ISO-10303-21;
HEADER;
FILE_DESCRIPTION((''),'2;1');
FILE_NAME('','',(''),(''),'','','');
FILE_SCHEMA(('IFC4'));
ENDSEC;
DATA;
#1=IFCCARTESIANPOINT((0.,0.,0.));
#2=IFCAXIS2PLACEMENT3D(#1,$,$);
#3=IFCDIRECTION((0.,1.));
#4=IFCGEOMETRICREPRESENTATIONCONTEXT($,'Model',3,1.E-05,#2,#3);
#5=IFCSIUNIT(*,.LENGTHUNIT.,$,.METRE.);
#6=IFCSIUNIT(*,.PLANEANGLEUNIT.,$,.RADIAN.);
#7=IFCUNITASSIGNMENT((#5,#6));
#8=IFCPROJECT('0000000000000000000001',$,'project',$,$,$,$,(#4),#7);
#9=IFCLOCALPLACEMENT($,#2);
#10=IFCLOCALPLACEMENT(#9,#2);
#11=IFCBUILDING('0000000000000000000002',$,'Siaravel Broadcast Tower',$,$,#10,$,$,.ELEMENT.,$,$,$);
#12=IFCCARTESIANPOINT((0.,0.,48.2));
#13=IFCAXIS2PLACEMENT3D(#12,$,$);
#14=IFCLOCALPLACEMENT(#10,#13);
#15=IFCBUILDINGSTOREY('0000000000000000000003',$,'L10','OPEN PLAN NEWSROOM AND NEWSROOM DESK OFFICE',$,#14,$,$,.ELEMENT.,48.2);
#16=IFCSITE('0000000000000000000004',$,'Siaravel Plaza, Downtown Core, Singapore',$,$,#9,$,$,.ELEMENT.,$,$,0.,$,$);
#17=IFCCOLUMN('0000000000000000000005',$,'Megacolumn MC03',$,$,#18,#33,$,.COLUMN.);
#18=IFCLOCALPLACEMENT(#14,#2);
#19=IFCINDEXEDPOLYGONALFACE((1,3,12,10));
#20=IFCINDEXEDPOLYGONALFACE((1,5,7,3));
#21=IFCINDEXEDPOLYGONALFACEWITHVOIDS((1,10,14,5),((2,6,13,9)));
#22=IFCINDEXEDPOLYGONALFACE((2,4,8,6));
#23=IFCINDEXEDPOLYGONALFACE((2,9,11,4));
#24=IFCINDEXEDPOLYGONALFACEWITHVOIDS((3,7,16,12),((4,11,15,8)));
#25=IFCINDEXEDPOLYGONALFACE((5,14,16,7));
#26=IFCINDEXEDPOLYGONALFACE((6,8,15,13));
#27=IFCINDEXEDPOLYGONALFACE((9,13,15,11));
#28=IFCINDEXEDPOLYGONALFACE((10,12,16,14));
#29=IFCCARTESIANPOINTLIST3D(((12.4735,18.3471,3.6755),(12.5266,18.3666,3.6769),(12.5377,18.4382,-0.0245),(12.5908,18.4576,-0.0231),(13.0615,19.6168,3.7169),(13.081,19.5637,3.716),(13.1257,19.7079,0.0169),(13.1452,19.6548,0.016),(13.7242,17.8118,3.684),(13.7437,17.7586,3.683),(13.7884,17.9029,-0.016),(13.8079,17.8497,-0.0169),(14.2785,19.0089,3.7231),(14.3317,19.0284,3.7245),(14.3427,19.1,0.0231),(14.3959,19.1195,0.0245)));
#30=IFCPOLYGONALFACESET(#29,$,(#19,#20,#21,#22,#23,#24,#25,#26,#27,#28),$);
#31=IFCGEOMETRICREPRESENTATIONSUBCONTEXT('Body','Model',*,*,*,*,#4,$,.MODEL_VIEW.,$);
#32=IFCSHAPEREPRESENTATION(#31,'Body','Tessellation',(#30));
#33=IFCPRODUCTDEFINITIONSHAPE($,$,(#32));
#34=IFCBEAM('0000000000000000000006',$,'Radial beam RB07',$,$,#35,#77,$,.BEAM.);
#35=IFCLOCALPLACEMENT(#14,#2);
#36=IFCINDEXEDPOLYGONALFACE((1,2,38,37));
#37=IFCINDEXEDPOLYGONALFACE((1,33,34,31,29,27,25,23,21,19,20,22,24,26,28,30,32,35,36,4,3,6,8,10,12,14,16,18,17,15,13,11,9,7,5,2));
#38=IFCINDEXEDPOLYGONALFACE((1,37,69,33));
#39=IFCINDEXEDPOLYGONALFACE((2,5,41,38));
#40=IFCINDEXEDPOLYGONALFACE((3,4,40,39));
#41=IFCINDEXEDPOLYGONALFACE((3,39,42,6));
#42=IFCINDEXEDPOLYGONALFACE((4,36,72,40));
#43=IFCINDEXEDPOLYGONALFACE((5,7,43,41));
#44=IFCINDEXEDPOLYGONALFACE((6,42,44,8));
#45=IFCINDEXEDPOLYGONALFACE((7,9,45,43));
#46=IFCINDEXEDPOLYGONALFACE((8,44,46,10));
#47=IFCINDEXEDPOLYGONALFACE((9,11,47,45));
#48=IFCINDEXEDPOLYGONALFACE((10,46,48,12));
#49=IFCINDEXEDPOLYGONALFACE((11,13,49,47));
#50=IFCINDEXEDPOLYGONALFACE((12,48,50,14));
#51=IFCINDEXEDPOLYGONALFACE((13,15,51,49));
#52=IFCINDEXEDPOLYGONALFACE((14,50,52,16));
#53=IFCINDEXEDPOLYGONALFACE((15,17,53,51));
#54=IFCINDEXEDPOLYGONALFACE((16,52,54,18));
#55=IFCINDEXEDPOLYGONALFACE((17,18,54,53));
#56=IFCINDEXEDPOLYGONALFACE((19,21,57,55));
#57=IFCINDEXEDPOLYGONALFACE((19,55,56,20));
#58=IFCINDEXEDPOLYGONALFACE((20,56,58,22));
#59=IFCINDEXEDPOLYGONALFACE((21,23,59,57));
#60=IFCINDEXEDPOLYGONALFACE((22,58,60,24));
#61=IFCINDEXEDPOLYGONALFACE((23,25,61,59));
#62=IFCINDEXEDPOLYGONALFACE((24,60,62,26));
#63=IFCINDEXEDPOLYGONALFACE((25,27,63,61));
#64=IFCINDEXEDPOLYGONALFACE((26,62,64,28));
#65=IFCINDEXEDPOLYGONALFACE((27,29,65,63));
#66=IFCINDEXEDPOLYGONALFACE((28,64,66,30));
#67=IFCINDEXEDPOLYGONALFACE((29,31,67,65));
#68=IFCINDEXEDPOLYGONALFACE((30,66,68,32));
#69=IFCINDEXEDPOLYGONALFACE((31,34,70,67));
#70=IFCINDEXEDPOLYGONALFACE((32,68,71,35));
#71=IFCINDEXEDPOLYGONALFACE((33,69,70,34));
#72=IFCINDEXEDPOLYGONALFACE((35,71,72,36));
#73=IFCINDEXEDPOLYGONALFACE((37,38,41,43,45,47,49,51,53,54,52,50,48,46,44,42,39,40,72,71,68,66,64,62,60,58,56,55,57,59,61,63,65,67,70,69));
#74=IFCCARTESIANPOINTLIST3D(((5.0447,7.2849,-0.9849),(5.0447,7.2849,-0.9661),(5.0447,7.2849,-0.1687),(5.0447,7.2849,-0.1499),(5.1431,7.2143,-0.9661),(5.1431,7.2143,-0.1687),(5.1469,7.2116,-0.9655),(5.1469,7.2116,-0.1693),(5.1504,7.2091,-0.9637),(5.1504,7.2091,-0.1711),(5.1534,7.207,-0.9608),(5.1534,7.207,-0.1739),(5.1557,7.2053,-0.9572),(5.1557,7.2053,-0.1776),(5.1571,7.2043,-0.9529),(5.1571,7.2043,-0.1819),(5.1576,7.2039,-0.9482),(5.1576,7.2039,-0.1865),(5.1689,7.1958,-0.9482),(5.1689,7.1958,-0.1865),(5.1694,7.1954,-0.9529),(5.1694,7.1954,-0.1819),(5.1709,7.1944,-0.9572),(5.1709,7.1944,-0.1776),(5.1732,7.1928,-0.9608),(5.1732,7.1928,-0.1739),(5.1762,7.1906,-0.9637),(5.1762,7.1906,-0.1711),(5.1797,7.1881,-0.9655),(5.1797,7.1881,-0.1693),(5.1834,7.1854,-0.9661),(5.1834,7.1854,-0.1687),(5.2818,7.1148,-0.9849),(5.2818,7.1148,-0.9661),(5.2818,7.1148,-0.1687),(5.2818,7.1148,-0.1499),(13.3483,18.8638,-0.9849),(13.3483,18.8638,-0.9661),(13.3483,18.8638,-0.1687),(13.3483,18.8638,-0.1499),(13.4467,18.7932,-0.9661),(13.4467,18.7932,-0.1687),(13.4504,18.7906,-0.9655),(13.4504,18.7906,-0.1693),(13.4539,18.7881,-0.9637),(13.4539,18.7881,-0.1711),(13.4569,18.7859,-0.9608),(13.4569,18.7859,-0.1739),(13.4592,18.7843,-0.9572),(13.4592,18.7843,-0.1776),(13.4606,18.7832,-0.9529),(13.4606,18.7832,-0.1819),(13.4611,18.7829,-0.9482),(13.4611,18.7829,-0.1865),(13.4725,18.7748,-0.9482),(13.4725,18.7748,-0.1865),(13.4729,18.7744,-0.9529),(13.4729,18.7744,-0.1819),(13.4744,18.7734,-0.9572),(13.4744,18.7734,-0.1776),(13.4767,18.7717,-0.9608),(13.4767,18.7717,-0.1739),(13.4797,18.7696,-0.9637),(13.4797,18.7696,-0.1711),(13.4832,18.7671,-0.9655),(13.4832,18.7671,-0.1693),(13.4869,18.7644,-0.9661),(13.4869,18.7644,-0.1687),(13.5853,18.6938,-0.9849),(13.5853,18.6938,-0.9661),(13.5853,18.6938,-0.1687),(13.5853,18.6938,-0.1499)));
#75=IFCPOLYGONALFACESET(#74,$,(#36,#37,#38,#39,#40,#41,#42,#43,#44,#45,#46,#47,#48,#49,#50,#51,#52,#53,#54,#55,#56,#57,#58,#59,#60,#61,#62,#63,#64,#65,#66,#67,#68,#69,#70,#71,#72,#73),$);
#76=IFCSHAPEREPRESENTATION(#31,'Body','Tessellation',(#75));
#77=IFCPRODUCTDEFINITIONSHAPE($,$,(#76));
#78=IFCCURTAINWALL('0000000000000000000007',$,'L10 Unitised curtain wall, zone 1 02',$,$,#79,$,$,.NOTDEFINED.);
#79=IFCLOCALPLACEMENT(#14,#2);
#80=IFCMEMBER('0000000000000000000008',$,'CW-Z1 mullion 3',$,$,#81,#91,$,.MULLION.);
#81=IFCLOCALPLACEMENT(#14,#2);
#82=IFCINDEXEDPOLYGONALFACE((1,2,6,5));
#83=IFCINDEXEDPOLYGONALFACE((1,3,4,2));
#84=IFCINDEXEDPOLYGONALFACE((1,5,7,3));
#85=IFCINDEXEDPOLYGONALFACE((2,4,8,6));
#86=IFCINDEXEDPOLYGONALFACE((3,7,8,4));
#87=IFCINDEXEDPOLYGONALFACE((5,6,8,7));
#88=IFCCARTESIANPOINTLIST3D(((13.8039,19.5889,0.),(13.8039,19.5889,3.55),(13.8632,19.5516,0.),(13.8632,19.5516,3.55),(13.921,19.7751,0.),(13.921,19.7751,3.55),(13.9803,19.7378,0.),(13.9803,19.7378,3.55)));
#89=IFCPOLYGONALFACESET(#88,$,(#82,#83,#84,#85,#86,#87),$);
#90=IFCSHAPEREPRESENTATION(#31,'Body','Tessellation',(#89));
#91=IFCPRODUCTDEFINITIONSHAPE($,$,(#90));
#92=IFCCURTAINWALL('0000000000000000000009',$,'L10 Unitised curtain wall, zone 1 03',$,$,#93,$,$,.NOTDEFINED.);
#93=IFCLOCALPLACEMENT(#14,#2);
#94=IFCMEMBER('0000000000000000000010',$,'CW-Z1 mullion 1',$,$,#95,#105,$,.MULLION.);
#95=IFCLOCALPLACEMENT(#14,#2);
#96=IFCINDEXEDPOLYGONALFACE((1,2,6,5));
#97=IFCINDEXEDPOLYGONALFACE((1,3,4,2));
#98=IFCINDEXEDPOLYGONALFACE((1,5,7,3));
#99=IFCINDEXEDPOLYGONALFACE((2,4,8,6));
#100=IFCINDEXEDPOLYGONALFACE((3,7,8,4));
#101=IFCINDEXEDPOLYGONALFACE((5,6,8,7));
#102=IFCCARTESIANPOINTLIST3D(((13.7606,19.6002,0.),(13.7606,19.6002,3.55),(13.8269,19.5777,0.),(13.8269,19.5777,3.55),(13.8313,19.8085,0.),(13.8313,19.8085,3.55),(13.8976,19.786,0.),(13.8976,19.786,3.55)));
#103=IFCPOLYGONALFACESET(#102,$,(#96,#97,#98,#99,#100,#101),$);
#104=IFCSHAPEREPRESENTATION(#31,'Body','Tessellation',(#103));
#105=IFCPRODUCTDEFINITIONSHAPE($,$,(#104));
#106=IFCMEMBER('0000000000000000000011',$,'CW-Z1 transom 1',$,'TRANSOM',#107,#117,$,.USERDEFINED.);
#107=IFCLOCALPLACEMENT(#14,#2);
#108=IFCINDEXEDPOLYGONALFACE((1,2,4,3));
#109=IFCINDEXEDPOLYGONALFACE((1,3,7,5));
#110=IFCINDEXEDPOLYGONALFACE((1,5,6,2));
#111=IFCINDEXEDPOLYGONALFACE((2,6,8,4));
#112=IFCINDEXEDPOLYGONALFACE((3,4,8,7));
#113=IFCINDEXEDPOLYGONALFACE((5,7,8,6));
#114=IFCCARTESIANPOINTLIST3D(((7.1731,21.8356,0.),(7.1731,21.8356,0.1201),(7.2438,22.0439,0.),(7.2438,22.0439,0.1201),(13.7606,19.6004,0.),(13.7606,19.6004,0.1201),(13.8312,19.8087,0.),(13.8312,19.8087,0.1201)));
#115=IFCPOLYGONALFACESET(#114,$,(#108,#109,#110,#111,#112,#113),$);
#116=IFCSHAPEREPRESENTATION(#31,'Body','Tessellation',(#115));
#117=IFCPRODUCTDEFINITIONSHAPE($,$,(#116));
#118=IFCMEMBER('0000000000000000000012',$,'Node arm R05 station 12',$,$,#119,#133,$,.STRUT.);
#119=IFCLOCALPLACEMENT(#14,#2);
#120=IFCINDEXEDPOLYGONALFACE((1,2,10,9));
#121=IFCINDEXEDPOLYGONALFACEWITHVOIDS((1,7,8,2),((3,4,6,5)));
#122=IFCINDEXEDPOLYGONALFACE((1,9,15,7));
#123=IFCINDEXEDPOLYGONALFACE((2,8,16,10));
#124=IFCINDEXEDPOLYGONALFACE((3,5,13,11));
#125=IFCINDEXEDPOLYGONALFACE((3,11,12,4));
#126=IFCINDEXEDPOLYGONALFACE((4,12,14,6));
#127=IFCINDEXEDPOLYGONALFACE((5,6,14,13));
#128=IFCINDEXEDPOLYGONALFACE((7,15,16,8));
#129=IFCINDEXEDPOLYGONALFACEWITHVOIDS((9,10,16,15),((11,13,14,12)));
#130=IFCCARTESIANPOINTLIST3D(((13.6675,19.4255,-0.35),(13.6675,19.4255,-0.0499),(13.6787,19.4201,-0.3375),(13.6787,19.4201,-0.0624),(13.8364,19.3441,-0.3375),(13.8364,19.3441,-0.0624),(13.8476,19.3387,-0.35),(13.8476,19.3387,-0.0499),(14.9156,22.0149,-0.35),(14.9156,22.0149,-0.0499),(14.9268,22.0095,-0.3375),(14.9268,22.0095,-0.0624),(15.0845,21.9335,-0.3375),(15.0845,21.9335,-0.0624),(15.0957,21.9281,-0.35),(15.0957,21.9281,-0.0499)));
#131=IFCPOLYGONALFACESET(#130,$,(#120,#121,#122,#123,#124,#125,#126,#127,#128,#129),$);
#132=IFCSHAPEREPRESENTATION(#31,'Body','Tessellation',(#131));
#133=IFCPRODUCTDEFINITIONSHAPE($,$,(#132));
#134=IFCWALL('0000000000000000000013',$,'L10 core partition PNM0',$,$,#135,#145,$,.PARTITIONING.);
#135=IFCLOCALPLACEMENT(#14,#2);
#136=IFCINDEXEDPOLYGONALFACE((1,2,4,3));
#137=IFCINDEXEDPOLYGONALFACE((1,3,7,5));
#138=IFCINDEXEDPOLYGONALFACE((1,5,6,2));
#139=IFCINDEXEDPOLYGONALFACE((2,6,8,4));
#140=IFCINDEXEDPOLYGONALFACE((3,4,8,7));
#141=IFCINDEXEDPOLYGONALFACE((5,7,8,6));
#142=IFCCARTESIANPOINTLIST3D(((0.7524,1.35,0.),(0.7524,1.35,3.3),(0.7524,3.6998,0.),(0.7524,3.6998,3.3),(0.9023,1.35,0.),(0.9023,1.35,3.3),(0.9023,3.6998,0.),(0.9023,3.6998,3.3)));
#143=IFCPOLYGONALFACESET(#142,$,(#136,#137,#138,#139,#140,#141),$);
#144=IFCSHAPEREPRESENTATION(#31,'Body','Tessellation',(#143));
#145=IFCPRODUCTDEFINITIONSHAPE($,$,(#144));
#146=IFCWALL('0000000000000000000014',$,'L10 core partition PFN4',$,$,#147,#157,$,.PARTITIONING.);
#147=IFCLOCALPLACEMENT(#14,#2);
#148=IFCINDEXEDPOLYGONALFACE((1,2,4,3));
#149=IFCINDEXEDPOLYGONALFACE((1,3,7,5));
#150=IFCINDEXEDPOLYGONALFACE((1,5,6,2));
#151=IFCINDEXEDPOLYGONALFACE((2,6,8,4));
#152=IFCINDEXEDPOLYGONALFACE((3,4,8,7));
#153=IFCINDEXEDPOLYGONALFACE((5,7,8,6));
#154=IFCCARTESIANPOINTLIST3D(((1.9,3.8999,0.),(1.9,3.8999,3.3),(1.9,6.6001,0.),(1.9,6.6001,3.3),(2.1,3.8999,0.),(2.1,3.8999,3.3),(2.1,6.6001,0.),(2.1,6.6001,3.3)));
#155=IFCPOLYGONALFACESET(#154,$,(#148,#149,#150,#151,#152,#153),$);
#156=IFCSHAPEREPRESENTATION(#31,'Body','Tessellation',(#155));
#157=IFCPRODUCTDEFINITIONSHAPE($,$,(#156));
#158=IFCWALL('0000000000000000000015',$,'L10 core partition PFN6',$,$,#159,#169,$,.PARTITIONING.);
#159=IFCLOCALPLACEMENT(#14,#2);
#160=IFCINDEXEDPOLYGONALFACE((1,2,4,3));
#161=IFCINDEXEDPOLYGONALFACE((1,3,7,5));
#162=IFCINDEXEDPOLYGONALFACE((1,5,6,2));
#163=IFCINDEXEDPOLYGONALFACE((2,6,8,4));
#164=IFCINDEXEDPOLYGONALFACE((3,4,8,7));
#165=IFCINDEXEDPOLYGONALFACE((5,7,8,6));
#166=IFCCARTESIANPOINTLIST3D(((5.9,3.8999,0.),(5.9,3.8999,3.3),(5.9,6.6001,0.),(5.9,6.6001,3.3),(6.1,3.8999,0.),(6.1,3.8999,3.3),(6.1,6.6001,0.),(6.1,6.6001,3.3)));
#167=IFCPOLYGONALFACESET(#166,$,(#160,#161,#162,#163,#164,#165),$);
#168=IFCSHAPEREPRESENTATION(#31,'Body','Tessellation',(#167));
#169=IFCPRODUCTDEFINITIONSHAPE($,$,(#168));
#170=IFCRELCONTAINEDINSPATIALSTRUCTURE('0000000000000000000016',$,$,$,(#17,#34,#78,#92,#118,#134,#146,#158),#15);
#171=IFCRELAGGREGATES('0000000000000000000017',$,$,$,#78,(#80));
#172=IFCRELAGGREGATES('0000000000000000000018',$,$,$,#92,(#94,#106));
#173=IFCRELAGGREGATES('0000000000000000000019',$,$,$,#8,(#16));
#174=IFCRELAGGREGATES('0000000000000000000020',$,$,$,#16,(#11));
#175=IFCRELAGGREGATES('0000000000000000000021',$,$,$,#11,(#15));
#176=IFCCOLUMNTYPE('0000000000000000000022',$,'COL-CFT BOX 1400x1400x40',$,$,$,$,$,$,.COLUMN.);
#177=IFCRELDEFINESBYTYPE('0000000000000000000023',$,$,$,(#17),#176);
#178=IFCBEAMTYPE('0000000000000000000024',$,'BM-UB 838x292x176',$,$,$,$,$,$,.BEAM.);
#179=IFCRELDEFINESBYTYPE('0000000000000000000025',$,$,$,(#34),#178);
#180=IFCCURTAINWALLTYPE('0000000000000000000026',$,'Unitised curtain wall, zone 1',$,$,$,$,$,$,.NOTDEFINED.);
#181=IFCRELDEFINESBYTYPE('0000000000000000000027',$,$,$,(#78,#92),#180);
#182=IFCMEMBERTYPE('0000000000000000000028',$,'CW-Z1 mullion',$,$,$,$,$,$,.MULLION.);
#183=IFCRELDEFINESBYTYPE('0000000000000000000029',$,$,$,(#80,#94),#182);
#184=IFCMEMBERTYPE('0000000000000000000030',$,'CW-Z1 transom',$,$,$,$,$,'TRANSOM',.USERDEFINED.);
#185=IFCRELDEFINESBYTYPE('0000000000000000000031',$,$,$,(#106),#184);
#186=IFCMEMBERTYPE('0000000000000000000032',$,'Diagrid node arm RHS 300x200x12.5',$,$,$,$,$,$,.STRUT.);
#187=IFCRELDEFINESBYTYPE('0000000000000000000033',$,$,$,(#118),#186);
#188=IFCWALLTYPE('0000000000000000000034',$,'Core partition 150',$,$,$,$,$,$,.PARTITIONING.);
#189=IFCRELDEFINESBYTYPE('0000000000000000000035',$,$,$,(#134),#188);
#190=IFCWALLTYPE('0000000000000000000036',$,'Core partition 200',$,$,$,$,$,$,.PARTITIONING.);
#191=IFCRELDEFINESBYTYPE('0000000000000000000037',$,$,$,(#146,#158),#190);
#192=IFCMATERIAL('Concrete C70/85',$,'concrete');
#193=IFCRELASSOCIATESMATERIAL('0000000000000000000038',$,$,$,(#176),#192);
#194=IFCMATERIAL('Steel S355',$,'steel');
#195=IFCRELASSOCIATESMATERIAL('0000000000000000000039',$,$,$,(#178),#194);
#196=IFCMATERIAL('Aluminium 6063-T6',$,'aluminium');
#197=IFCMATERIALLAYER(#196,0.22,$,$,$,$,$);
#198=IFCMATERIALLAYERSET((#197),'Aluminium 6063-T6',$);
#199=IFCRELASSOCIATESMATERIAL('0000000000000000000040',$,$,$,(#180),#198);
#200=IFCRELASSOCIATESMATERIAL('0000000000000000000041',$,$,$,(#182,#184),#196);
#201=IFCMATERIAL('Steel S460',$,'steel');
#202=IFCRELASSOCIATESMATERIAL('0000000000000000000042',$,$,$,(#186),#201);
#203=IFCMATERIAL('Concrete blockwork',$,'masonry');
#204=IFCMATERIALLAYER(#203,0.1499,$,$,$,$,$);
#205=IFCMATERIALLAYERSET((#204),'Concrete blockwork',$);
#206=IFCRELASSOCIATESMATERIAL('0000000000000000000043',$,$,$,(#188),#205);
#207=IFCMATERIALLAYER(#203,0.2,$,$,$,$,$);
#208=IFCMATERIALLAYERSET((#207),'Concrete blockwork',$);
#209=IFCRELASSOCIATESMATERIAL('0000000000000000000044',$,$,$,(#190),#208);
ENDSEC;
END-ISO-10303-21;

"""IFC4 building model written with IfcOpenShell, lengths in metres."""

from ifc_helpers import new_model, si_unit, direction, frame, frame_2d, origin, origin_2d, place, context, subcontext, project, spatial, rectangle, hollow_rectangle, i_section, extrude, material, layer, layer_set, material_profile, profile_set, type_object, element, aggregate, save


model = new_model("IFC4")

# Units and contexts
model_context = context("Model", 3, precision=1e-05, world=origin(), true_north=direction((0.0, 1.0)))
body_context = subcontext(model_context, "Body", "Model", "MODEL_VIEW")
ifc_project = project(units=[si_unit("LENGTHUNIT", "METRE"), si_unit("PLANEANGLEUNIT", "RADIAN")], contexts=[model_context])

# Site, building, storey
site_placement = place(None, origin())
site = spatial("IfcSite", under=ifc_project, at=site_placement, Name="Siaravel Plaza, Downtown Core, Singapore", CompositionType="ELEMENT", RefElevation=0.0)
building_placement = place(site_placement, origin())
building = spatial("IfcBuilding", under=site, at=building_placement, Name="Siaravel Broadcast Tower", CompositionType="ELEMENT")
storey_placement = place(building_placement, frame((0.0, 0.0, 48.2)))
storey = spatial("IfcBuildingStorey", under=building, at=storey_placement, Name="L10", Description="OPEN PLAN NEWSROOM AND NEWSROOM DESK OFFICE", CompositionType="ELEMENT", Elevation=48.2)

# Column
ifc_material_1 = material(Name="Concrete C70/85", Category="concrete")
ifc_material_profile_1 = material_profile(ifc_material_1, hollow_rectangle(XDim=1.3999, YDim=1.3999, WallThickness=0.04, at=origin_2d()))
ifc_profile_set_1 = profile_set([ifc_material_profile_1], Name="Concrete C70/85")
column_type = type_object("IfcColumnType", Name="COL-CFT BOX 1400x1400x40", PredefinedType="COLUMN", material=ifc_profile_set_1)
column_placement = place(storey_placement, frame((13.4668, 18.7788, 0.0), z_axis=(-0.017346, -0.024601, 0.999547), x_axis=(0.907346, -0.420349, 0.0054)))
element("IfcColumn", 1, at=column_placement, inside=storey, type_object=column_type, Name="Megacolumn MC03", PredefinedType="COLUMN", context=body_context, shape_type="SweptSolid", body=[
    extrude(hollow_rectangle(XDim=1.3999, YDim=1.3999, WallThickness=0.04, at=origin_2d()), origin(), (0.0, 0.0, 1.0), 3.7017),
])

# Beam
ifc_material_2 = material(Name="Steel S355", Category="steel")
ifc_material_profile_2 = material_profile(ifc_material_2, i_section(OverallWidth=0.2917, OverallDepth=0.835, WebThickness=0.0139, FlangeThickness=0.0188, FilletRadius=0.0178, at=origin_2d()))
ifc_profile_set_2 = profile_set([ifc_material_profile_2], Name="Steel S355")
beam_type = type_object("IfcBeamType", Name="BM-UB 838x292x176", PredefinedType="BEAM", material=ifc_profile_set_2)
beam_placement = place(storey_placement, frame((13.4668, 18.7788, -0.5674), z_axis=(-0.582764, -0.812641, 0.0), x_axis=(0.812641, -0.582764, 0.0)))
element("IfcBeam", 2, at=beam_placement, inside=storey, type_object=beam_type, Name="Radial beam RB07", PredefinedType="BEAM", context=body_context, shape_type="SweptSolid", body=[
    extrude(i_section(OverallWidth=0.2917, OverallDepth=0.835, WebThickness=0.0139, FlangeThickness=0.0188, FilletRadius=0.0178, at=origin_2d()), origin(), (0.0, 0.0, 1.0), 14.2485),
])

# Curtain wall, member
ifc_material_3 = material(Name="Aluminium 6063-T6", Category="aluminium")
ifc_layer_1 = layer(ifc_material_3, 0.22)
ifc_layer_set_1 = layer_set([ifc_layer_1], Name="Aluminium 6063-T6")
curtain_wall_type = type_object("IfcCurtainWallType", Name="Unitised curtain wall, zone 1", PredefinedType="NOTDEFINED", material=ifc_layer_set_1)
curtain_wall_1_placement = place(storey_placement, origin())
curtain_wall_1 = element("IfcCurtainWall", 3, at=curtain_wall_1_placement, inside=storey, type_object=curtain_wall_type, Name="L10 Unitised curtain wall, zone 1 02", PredefinedType="NOTDEFINED")
ifc_material_profile_3 = material_profile(ifc_material_3, rectangle(XDim=0.22, YDim=0.0701, at=origin_2d()))
ifc_profile_set_3 = profile_set([ifc_material_profile_3], Name="Aluminium 6063-T6")
member_type_1 = type_object("IfcMemberType", Name="CW-Z1 mullion", PredefinedType="MULLION", material=ifc_profile_set_3)
member_1_placement = place(storey_placement, frame((13.8921, 19.6633, 0.0), z_axis=(0.0, 0.0, 1.0), x_axis=(-0.532149, -0.846651, 0.0)))
member_1 = element("IfcMember", 4, at=member_1_placement, type_object=member_type_1, Name="CW-Z1 mullion 3", PredefinedType="MULLION", context=body_context, shape_type="SweptSolid", body=[
    extrude(rectangle(XDim=0.22, YDim=0.0701, at=origin_2d()), origin(), (0.0, 0.0, 1.0), 3.55),
])
aggregate(curtain_wall_1, [member_1])

# Curtain wall, members
curtain_wall_2_placement = place(storey_placement, origin())
curtain_wall_2 = element("IfcCurtainWall", 5, at=curtain_wall_2_placement, inside=storey, type_object=curtain_wall_type, Name="L10 Unitised curtain wall, zone 1 03", PredefinedType="NOTDEFINED")
member_2_placement = place(storey_placement, frame((13.8291, 19.6931, 0.0), z_axis=(0.0, 0.0, 1.0), x_axis=(-0.321301, -0.946977, 0.0)))
member_2 = element("IfcMember", 6, at=member_2_placement, type_object=member_type_1, Name="CW-Z1 mullion 1", PredefinedType="MULLION", context=body_context, shape_type="SweptSolid", body=[
    extrude(rectangle(XDim=0.22, YDim=0.0701, at=origin_2d()), origin(), (0.0, 0.0, 1.0), 3.55),
])
ifc_material_profile_4 = material_profile(ifc_material_3, rectangle(XDim=0.22, YDim=0.1201, at=origin_2d()))
ifc_profile_set_4 = profile_set([ifc_material_profile_4], Name="Aluminium 6063-T6")
member_type_2 = type_object("IfcMemberType", Name="CW-Z1 transom", ElementType="TRANSOM", PredefinedType="USERDEFINED", material=ifc_profile_set_4)
member_3_placement = place(storey_placement, frame((13.7959, 19.7046, 0.0601), z_axis=(-0.946975, 0.321309, 0.0), x_axis=(-0.321309, -0.946975, 0.0)))
member_3 = element("IfcMember", 7, at=member_3_placement, type_object=member_type_2, Name="CW-Z1 transom 1", ObjectType="TRANSOM", PredefinedType="USERDEFINED", context=body_context, shape_type="SweptSolid", body=[
    extrude(rectangle(XDim=0.22, YDim=0.1201, at=origin_2d()), origin(), (0.0, 0.0, 1.0), 6.9563),
])
aggregate(curtain_wall_2, [member_2, member_3])

# Member
ifc_material_4 = material(Name="Steel S460", Category="steel")
ifc_material_profile_5 = material_profile(ifc_material_4, hollow_rectangle(XDim=0.2, YDim=0.3, WallThickness=0.0125, at=origin_2d()))
ifc_profile_set_5 = profile_set([ifc_material_profile_5], Name="Steel S460")
member_type_3 = type_object("IfcMemberType", Name="Diagrid node arm RHS 300x200x12.5", PredefinedType="STRUT", material=ifc_profile_set_5)
member_4_placement = place(storey_placement, frame((13.7576, 19.3821, -0.2), z_axis=(0.434188, 0.900822, 0.0), x_axis=(-0.900822, 0.434188, 0.0)))
element("IfcMember", 8, at=member_4_placement, inside=storey, type_object=member_type_3, Name="Node arm R05 station 12", PredefinedType="STRUT", context=body_context, shape_type="SweptSolid", body=[
    extrude(hollow_rectangle(XDim=0.2, YDim=0.3, WallThickness=0.0125, at=origin_2d()), origin(), (0.0, 0.0, 1.0), 2.8745),
])

# Walls
ifc_material_5 = material(Name="Concrete blockwork", Category="masonry")
ifc_layer_2 = layer(ifc_material_5, 0.1499)
ifc_layer_set_2 = layer_set([ifc_layer_2], Name="Concrete blockwork")
wall_type_1 = type_object("IfcWallType", Name="Core partition 150", PredefinedType="PARTITIONING", material=ifc_layer_set_2)
wall_1_placement = place(storey_placement, frame((0.8274, 1.3501, 0.0), z_axis=(0.0, 0.0, 1.0), x_axis=(0.0, 1.0, 0.0)))
element("IfcWall", 9, at=wall_1_placement, inside=storey, type_object=wall_type_1, Name="L10 core partition PNM0", PredefinedType="PARTITIONING", context=body_context, shape_type="SweptSolid", body=[
    extrude(rectangle(XDim=2.3499, YDim=0.1499, at=frame_2d((1.1748, 0.0))), origin(), (0.0, 0.0, 1.0), 3.3),
])
ifc_layer_3 = layer(ifc_material_5, 0.2)
ifc_layer_set_3 = layer_set([ifc_layer_3], Name="Concrete blockwork")
wall_type_2 = type_object("IfcWallType", Name="Core partition 200", PredefinedType="PARTITIONING", material=ifc_layer_set_3)
for number, where, z_axis, x_axis, name in (
    (10, (2.0, 3.8999, 0.0), (0.0, 0.0, 1.0), (0.0, 1.0, 0.0), "L10 core partition PFN4"),
    (11, (6.0, 3.8999, 0.0), (0.0, 0.0, 1.0), (0.0, 1.0, 0.0), "L10 core partition PFN6"),
):
    element("IfcWall", number, at=place(storey_placement, frame(where, z_axis=z_axis, x_axis=x_axis)), inside=storey, type_object=wall_type_2, Name=name, PredefinedType="PARTITIONING", context=body_context, shape_type="SweptSolid", body=[
        extrude(rectangle(XDim=2.7002, YDim=0.2, at=frame_2d((1.3501, 0.0))), origin(), (0.0, 0.0, 1.0), 3.3),
    ])

save(model, "model.ifc")
